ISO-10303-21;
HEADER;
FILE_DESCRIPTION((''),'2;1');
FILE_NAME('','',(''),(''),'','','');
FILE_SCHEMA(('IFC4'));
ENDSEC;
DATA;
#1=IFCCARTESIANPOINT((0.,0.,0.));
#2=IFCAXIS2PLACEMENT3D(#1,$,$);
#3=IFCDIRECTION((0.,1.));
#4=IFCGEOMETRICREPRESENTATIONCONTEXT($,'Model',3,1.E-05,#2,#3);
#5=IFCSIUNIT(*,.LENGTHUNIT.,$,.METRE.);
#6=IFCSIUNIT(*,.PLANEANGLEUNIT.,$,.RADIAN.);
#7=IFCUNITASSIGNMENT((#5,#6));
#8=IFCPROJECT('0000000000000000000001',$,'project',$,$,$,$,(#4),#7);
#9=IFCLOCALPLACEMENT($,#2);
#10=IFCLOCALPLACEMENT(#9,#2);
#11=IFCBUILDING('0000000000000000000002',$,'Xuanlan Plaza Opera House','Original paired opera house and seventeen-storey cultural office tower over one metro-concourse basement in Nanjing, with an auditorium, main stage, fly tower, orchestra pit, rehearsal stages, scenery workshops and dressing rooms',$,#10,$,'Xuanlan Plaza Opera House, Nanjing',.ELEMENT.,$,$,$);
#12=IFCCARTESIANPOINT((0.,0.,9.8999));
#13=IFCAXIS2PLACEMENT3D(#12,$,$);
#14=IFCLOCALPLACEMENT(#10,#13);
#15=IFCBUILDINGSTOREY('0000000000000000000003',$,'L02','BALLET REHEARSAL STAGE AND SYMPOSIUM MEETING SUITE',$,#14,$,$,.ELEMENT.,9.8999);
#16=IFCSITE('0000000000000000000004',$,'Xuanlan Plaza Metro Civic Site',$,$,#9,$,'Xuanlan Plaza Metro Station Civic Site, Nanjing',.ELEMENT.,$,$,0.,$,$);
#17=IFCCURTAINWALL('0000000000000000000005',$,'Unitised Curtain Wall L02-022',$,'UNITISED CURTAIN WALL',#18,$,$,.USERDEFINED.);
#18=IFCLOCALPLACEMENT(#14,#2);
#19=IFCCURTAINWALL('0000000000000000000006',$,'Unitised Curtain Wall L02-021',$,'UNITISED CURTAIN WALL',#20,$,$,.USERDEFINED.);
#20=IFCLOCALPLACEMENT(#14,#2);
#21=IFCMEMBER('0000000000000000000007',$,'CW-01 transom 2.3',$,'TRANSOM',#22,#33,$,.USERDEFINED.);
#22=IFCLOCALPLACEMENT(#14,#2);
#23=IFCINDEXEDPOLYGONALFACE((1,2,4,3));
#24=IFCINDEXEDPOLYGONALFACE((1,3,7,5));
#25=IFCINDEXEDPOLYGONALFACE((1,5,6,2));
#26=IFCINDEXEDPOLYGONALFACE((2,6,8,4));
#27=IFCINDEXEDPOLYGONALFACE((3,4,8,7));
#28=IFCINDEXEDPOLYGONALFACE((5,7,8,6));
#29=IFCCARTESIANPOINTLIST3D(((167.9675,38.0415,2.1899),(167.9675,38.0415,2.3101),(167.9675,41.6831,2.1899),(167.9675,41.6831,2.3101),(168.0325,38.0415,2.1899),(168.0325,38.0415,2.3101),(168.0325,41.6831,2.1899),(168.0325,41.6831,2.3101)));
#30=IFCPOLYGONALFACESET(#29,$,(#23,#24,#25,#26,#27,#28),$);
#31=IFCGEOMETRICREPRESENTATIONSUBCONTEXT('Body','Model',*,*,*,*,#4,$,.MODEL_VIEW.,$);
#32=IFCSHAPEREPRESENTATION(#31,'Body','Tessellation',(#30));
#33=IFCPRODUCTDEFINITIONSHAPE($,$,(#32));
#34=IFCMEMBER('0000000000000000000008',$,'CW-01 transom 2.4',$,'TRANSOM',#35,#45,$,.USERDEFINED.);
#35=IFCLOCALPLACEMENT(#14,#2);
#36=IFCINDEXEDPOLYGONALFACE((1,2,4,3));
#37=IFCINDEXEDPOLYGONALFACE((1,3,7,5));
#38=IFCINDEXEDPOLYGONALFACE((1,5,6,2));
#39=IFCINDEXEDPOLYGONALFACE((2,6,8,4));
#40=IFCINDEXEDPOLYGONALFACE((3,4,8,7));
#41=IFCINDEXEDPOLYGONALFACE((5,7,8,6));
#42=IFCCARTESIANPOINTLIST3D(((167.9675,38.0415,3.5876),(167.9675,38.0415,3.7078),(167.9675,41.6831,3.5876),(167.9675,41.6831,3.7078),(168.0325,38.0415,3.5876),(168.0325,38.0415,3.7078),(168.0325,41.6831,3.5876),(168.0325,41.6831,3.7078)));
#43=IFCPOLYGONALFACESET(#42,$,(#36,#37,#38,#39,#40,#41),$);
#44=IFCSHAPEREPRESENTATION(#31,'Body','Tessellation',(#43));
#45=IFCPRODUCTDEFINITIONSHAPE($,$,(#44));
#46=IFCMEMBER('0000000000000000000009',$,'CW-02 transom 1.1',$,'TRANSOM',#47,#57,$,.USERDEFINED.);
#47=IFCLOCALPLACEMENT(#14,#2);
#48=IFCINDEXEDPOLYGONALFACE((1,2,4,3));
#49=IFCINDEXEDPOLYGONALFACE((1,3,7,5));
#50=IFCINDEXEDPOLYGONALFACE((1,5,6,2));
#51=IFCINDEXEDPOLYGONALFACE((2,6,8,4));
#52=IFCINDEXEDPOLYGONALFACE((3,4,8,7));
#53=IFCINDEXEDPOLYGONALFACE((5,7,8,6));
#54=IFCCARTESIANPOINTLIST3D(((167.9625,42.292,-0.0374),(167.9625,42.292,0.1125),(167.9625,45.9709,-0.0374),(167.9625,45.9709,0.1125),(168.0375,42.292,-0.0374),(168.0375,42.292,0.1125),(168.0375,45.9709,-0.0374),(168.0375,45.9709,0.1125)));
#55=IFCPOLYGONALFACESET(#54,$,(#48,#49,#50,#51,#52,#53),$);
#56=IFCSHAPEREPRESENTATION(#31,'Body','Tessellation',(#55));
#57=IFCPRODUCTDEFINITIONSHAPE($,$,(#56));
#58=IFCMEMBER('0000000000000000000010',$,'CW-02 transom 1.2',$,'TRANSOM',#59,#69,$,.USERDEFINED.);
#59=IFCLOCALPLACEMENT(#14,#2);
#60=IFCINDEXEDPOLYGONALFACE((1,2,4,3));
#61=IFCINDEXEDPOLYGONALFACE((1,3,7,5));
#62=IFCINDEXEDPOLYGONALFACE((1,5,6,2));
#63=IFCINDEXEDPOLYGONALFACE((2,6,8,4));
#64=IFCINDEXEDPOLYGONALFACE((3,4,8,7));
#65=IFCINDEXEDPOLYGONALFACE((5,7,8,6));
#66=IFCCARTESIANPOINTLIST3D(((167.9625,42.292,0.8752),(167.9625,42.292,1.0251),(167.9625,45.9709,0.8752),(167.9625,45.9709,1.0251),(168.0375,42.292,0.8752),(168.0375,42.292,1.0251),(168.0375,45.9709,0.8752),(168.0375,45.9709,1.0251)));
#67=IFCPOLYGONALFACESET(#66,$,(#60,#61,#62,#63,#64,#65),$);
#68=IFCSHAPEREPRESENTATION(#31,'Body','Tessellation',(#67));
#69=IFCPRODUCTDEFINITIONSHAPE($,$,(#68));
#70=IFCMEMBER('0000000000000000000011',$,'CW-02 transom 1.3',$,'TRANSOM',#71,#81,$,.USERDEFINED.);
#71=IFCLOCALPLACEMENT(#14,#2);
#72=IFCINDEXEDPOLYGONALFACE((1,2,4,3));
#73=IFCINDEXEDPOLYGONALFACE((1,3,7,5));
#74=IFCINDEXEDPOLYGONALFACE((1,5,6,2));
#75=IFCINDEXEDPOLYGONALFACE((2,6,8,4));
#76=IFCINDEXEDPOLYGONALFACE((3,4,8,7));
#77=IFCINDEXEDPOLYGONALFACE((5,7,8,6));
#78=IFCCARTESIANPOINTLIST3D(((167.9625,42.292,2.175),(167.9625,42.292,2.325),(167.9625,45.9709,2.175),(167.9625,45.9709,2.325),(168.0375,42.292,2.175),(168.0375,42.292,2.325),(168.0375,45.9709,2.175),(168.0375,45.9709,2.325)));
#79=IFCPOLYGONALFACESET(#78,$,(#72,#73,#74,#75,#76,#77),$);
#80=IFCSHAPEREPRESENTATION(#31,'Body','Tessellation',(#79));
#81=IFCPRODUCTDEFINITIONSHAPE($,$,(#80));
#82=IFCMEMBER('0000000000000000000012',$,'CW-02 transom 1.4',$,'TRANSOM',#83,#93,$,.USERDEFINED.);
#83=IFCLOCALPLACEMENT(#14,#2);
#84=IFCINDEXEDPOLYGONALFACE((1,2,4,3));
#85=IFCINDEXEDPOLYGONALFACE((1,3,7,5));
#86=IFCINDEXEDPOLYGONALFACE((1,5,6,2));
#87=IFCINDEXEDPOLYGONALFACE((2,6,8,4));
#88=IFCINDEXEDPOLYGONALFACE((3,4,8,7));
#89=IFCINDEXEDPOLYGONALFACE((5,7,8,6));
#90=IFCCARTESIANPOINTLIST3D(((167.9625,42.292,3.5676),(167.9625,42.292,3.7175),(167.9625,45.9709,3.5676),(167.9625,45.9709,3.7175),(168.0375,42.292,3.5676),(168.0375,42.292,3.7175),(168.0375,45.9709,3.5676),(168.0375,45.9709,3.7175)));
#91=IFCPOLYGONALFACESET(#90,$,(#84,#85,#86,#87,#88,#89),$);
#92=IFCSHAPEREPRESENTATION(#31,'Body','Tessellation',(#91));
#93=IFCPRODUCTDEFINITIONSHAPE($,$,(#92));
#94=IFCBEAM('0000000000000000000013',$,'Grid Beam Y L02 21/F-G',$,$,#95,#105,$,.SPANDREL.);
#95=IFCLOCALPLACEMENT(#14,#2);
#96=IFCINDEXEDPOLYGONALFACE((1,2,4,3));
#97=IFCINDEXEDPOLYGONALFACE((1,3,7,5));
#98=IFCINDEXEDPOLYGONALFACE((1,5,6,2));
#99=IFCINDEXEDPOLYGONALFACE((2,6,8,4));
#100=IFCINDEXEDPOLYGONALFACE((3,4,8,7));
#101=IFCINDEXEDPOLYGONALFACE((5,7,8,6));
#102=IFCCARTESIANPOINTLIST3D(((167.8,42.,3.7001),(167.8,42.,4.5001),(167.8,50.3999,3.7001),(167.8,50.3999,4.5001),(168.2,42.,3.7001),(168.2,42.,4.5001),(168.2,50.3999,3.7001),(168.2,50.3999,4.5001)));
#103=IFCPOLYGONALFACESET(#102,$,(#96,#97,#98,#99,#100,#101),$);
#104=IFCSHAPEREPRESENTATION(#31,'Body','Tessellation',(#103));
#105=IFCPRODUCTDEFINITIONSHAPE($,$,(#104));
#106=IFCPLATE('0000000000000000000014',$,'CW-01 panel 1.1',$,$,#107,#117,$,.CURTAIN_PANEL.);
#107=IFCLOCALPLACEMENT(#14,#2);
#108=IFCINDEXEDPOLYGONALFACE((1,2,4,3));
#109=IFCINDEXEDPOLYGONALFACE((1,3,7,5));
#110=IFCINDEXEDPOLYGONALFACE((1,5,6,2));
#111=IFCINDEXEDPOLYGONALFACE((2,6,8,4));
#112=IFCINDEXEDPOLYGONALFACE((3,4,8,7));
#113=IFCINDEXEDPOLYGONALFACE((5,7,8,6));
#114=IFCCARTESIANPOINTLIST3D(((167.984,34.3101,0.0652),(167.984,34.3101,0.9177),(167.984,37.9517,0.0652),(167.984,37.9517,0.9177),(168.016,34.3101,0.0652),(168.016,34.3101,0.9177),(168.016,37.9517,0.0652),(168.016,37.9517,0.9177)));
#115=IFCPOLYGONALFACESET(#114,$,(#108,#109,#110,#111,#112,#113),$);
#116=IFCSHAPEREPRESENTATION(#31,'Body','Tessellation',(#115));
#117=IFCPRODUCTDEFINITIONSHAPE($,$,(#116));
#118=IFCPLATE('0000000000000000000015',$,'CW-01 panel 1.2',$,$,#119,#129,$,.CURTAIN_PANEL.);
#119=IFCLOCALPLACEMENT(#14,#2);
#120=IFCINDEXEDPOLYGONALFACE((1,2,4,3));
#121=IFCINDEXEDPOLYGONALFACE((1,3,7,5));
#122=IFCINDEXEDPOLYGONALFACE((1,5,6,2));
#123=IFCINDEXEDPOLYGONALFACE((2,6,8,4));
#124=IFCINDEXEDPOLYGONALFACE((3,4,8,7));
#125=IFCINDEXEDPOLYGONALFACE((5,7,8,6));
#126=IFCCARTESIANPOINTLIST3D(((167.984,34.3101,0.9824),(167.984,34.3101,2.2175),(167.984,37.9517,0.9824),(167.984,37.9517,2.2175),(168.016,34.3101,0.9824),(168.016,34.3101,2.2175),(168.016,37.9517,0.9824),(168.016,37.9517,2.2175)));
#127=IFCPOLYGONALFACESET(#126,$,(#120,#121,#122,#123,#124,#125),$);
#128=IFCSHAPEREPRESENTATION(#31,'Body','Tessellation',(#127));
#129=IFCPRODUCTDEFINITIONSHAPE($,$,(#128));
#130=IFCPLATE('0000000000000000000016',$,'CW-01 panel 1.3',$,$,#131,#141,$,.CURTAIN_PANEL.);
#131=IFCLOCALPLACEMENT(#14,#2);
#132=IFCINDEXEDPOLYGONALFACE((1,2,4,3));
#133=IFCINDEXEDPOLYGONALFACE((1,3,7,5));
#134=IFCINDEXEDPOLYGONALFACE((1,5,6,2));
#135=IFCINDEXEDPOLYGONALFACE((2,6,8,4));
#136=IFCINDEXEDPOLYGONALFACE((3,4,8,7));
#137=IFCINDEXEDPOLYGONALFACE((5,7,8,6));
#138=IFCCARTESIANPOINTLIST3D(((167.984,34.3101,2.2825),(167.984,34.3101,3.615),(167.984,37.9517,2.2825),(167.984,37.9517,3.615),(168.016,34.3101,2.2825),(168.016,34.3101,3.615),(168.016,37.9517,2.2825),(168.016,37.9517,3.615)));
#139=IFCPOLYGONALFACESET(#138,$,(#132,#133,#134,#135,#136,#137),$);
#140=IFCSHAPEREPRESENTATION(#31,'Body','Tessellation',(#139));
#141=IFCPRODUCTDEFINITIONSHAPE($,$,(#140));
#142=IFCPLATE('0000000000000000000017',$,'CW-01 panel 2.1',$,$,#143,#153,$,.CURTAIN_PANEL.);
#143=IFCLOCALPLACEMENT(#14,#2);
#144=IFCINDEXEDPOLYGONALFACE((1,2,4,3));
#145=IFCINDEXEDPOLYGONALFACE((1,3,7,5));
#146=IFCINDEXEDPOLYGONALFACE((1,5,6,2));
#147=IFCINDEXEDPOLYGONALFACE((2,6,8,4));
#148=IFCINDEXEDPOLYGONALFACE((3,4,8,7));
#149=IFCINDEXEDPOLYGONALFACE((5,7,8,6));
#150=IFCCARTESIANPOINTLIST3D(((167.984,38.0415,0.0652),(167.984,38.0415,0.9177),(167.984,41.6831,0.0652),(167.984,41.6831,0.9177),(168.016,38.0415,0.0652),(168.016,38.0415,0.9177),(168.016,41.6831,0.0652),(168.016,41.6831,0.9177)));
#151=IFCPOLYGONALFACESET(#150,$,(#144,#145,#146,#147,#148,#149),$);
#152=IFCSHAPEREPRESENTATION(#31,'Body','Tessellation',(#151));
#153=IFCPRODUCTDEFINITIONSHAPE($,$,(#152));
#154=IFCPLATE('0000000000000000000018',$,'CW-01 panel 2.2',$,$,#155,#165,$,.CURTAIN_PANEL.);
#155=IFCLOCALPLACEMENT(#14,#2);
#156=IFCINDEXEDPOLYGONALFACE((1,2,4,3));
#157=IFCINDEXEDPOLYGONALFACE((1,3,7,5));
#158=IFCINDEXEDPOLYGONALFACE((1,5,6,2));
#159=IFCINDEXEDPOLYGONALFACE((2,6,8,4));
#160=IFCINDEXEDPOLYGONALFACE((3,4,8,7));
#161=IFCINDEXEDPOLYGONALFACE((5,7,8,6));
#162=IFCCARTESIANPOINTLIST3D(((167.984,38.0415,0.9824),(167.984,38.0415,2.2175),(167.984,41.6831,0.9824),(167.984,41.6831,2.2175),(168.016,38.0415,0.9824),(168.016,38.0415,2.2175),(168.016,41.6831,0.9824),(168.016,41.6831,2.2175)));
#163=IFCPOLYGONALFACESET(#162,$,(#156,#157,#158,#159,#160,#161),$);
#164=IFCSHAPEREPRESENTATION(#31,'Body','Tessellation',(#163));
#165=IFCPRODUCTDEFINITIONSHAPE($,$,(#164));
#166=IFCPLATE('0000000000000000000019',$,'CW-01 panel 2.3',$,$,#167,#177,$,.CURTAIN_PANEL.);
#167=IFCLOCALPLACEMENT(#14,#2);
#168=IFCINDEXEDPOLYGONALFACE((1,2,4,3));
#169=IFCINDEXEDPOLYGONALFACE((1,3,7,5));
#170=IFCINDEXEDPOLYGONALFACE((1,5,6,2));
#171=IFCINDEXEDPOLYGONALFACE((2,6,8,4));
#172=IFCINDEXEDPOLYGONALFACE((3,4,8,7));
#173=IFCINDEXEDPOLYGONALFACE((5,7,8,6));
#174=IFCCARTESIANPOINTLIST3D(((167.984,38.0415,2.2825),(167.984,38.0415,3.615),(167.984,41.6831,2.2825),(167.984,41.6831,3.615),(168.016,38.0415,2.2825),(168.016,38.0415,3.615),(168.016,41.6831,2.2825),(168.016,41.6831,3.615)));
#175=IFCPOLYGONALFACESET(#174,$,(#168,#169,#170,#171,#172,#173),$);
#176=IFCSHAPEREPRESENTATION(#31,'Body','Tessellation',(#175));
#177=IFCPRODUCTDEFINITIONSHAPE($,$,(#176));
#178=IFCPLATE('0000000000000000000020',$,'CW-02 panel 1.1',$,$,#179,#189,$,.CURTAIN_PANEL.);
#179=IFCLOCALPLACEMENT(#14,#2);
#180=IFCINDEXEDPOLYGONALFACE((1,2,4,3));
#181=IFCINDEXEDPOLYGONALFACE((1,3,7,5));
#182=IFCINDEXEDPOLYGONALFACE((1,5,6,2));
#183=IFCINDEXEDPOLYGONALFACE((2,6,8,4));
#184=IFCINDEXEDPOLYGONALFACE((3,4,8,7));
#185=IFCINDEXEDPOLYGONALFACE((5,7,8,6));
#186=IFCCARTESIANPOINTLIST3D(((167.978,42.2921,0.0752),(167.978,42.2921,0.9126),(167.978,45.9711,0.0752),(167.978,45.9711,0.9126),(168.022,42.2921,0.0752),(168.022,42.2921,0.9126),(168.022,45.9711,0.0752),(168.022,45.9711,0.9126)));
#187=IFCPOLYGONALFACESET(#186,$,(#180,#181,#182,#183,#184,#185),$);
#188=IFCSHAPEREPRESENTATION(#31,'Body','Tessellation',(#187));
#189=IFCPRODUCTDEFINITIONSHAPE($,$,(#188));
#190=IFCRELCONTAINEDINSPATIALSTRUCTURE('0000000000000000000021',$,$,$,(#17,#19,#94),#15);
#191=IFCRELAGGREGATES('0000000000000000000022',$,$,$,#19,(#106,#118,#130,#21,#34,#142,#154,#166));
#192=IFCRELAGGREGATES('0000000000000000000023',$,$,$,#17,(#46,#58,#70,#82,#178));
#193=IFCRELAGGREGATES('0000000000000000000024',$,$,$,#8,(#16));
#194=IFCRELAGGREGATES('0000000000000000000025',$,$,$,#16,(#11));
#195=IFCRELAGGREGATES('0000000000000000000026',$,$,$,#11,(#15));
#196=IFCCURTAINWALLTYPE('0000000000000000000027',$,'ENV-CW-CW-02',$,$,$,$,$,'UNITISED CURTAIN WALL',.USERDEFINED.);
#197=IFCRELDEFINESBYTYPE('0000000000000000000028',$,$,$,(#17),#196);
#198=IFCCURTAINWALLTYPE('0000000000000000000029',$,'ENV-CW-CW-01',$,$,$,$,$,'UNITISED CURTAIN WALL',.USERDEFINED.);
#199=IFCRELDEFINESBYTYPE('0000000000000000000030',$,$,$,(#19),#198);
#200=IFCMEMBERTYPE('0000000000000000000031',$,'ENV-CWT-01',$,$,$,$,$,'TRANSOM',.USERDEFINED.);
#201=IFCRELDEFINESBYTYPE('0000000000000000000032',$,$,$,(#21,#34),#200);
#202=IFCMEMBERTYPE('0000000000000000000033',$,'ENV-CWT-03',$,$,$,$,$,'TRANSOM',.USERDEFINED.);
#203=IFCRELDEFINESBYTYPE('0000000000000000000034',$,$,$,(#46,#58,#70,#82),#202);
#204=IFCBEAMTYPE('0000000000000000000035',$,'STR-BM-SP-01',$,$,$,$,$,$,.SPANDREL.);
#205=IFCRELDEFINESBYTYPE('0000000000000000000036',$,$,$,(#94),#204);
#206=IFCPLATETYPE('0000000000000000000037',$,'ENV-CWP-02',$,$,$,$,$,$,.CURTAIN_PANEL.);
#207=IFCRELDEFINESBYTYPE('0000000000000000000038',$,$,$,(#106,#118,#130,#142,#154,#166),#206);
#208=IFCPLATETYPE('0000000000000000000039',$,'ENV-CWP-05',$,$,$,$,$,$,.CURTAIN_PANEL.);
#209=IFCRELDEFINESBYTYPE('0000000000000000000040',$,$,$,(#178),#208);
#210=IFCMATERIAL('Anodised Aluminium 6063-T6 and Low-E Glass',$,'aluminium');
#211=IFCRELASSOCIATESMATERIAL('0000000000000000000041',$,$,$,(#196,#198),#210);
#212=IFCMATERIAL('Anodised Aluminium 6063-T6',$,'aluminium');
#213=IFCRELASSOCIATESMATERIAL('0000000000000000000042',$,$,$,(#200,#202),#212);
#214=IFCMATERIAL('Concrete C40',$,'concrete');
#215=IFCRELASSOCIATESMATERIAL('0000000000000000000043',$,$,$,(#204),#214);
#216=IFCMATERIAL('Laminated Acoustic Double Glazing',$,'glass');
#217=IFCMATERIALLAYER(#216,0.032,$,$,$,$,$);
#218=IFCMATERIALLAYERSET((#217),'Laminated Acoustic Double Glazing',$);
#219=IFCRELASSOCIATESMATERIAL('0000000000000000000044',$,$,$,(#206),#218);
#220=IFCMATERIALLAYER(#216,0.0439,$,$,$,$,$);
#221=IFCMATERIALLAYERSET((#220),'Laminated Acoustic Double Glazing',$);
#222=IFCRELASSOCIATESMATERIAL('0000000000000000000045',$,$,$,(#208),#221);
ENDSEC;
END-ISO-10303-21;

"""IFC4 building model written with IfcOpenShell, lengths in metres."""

from ifc_helpers import new_model, si_unit, direction, frame, origin, origin_2d, place, context, subcontext, project, spatial, rectangle, extrude, material, layer, layer_set, material_profile, profile_set, type_object, element, aggregate, save


model = new_model("IFC4")

# Units and contexts
model_context = context("Model", 3, precision=1e-05, world=origin(), true_north=direction((0.0, 1.0)))
body_context = subcontext(model_context, "Body", "Model", "MODEL_VIEW")
ifc_project = project(units=[si_unit("LENGTHUNIT", "METRE"), si_unit("PLANEANGLEUNIT", "RADIAN")], contexts=[model_context])

# Site, building, storey
site_placement = place(None, origin())
site = spatial("IfcSite", under=ifc_project, at=site_placement, Name="Xuanlan Plaza Metro Civic Site", LongName="Xuanlan Plaza Metro Station Civic Site, Nanjing", CompositionType="ELEMENT", RefElevation=0.0)
building_placement = place(site_placement, origin())
building = spatial("IfcBuilding", under=site, at=building_placement, Name="Xuanlan Plaza Opera House", Description="Original paired opera house and seventeen-storey cultural office tower over one metro-concourse basement in Nanjing, with an auditorium, main stage, fly tower, orchestra pit, rehearsal stages, scenery workshops and dressing rooms", LongName="Xuanlan Plaza Opera House, Nanjing", CompositionType="ELEMENT")
storey_placement = place(building_placement, frame((0.0, 0.0, 9.8999)))
storey = spatial("IfcBuildingStorey", under=building, at=storey_placement, Name="L02", Description="BALLET REHEARSAL STAGE AND SYMPOSIUM MEETING SUITE", CompositionType="ELEMENT", Elevation=9.8999)

# Curtain walls, members
ifc_material_1 = material(Name="Anodised Aluminium 6063-T6 and Low-E Glass", Category="aluminium")
curtain_wall_type_1 = type_object("IfcCurtainWallType", Name="ENV-CW-CW-02", ElementType="UNITISED CURTAIN WALL", PredefinedType="USERDEFINED", material=ifc_material_1)
curtain_wall_1_placement = place(storey_placement, origin())
curtain_wall_1 = element("IfcCurtainWall", 1, at=curtain_wall_1_placement, inside=storey, type_object=curtain_wall_type_1, Name="Unitised Curtain Wall L02-022", ObjectType="UNITISED CURTAIN WALL", PredefinedType="USERDEFINED")
ifc_material_2 = material(Name="Anodised Aluminium 6063-T6", Category="aluminium")
curtain_wall_type_2 = type_object("IfcCurtainWallType", Name="ENV-CW-CW-01", ElementType="UNITISED CURTAIN WALL", PredefinedType="USERDEFINED", material=ifc_material_1)
curtain_wall_2_placement = place(storey_placement, origin())
curtain_wall_2 = element("IfcCurtainWall", 2, at=curtain_wall_2_placement, inside=storey, type_object=curtain_wall_type_2, Name="Unitised Curtain Wall L02-021", ObjectType="UNITISED CURTAIN WALL", PredefinedType="USERDEFINED")
ifc_material_profile_1 = material_profile(ifc_material_2, rectangle(XDim=0.0649, YDim=0.1201, at=origin_2d()), Name="ALU-T 65x120")
ifc_profile_set_1 = profile_set([ifc_material_profile_1], Name="Anodised Aluminium 6063-T6")
member_type_1 = type_object("IfcMemberType", Name="ENV-CWT-01", ElementType="TRANSOM", PredefinedType="USERDEFINED", material=ifc_profile_set_1)
member_1_placement = place(storey_placement, frame((168.0, 38.0415, 2.25), z_axis=(0.0, 1.0, 0.0), x_axis=(-1.0, 0.0, 0.0)))
member_1 = element("IfcMember", 3, at=member_1_placement, type_object=member_type_1, Name="CW-01 transom 2.3", ObjectType="TRANSOM", PredefinedType="USERDEFINED", context=body_context, shape_type="SweptSolid", body=[
    extrude(rectangle(XDim=0.0649, YDim=0.1201, at=origin_2d()), origin(), (0.0, 0.0, 1.0), 3.6416),
])
member_2_placement = place(storey_placement, frame((168.0, 38.0415, 3.6477), z_axis=(0.0, 1.0, 0.0), x_axis=(-1.0, 0.0, 0.0)))
member_2 = element("IfcMember", 4, at=member_2_placement, type_object=member_type_1, Name="CW-01 transom 2.4", ObjectType="TRANSOM", PredefinedType="USERDEFINED", context=body_context, shape_type="SweptSolid", body=[
    extrude(rectangle(XDim=0.0649, YDim=0.1201, at=origin_2d()), origin(), (0.0, 0.0, 1.0), 3.6416),
])

# Members
ifc_material_profile_2 = material_profile(ifc_material_2, rectangle(XDim=0.075, YDim=0.1499, at=origin_2d()), Name="ALU-T 75x150")
ifc_profile_set_2 = profile_set([ifc_material_profile_2], Name="Anodised Aluminium 6063-T6")
member_type_2 = type_object("IfcMemberType", Name="ENV-CWT-03", ElementType="TRANSOM", PredefinedType="USERDEFINED", material=ifc_profile_set_2)
member_3_placement = place(storey_placement, frame((168.0, 42.292, 0.0376), z_axis=(0.0, 1.0, 0.0), x_axis=(-1.0, 0.0, 0.0)))
member_3 = element("IfcMember", 5, at=member_3_placement, type_object=member_type_2, Name="CW-02 transom 1.1", ObjectType="TRANSOM", PredefinedType="USERDEFINED", context=body_context, shape_type="SweptSolid", body=[
    extrude(rectangle(XDim=0.075, YDim=0.1499, at=origin_2d()), origin(), (0.0, 0.0, 1.0), 3.679),
])
member_4_placement = place(storey_placement, frame((168.0, 42.292, 0.9502), z_axis=(0.0, 1.0, 0.0), x_axis=(-1.0, 0.0, 0.0)))
member_4 = element("IfcMember", 6, at=member_4_placement, type_object=member_type_2, Name="CW-02 transom 1.2", ObjectType="TRANSOM", PredefinedType="USERDEFINED", context=body_context, shape_type="SweptSolid", body=[
    extrude(rectangle(XDim=0.075, YDim=0.1499, at=origin_2d()), origin(), (0.0, 0.0, 1.0), 3.679),
])
member_5_placement = place(storey_placement, frame((168.0, 42.292, 2.25), z_axis=(0.0, 1.0, 0.0), x_axis=(-1.0, 0.0, 0.0)))
member_5 = element("IfcMember", 7, at=member_5_placement, type_object=member_type_2, Name="CW-02 transom 1.3", ObjectType="TRANSOM", PredefinedType="USERDEFINED", context=body_context, shape_type="SweptSolid", body=[
    extrude(rectangle(XDim=0.075, YDim=0.1499, at=origin_2d()), origin(), (0.0, 0.0, 1.0), 3.679),
])
member_6_placement = place(storey_placement, frame((168.0, 42.292, 3.6426), z_axis=(0.0, 1.0, 0.0), x_axis=(-1.0, 0.0, 0.0)))
member_6 = element("IfcMember", 8, at=member_6_placement, type_object=member_type_2, Name="CW-02 transom 1.4", ObjectType="TRANSOM", PredefinedType="USERDEFINED", context=body_context, shape_type="SweptSolid", body=[
    extrude(rectangle(XDim=0.075, YDim=0.1499, at=origin_2d()), origin(), (0.0, 0.0, 1.0), 3.679),
])

# Beam
ifc_material_3 = material(Name="Concrete C40", Category="concrete")
ifc_material_profile_3 = material_profile(ifc_material_3, rectangle(XDim=0.3999, YDim=0.8, at=origin_2d()), Name="RC-SPD 400x800")
ifc_profile_set_3 = profile_set([ifc_material_profile_3], Name="Concrete C40")
beam_type = type_object("IfcBeamType", Name="STR-BM-SP-01", PredefinedType="SPANDREL", material=ifc_profile_set_3)
beam_placement = place(storey_placement, frame((168.0, 42.0, 4.1001), z_axis=(0.0, 1.0, 0.0), x_axis=(-1.0, 0.0, 0.0)))
element("IfcBeam", 9, at=beam_placement, inside=storey, type_object=beam_type, Name="Grid Beam Y L02 21/F-G", PredefinedType="SPANDREL", context=body_context, shape_type="SweptSolid", body=[
    extrude(rectangle(XDim=0.3999, YDim=0.8, at=origin_2d()), origin(), (0.0, 0.0, 1.0), 8.3999),
])

# Plates
ifc_material_4 = material(Name="Laminated Acoustic Double Glazing", Category="glass")
ifc_layer_1 = layer(ifc_material_4, 0.032)
ifc_layer_set_1 = layer_set([ifc_layer_1], Name="Laminated Acoustic Double Glazing")
plate_type_1 = type_object("IfcPlateType", Name="ENV-CWP-02", PredefinedType="CURTAIN_PANEL", material=ifc_layer_set_1)
plate_1_placement = place(storey_placement, frame((168.0, 36.1309, 0.0652), z_axis=(0.0, 0.0, 1.0), x_axis=(0.0, 1.0, 0.0)))
plate_1 = element("IfcPlate", 10, at=plate_1_placement, type_object=plate_type_1, Name="CW-01 panel 1.1", PredefinedType="CURTAIN_PANEL", context=body_context, shape_type="SweptSolid", body=[
    extrude(rectangle(XDim=3.6416, YDim=0.032, at=origin_2d()), origin(), (0.0, 0.0, 1.0), 0.8525),
])
plate_2_placement = place(storey_placement, frame((168.0, 36.1309, 0.9824), z_axis=(0.0, 0.0, 1.0), x_axis=(0.0, 1.0, 0.0)))
plate_2 = element("IfcPlate", 11, at=plate_2_placement, type_object=plate_type_1, Name="CW-01 panel 1.2", PredefinedType="CURTAIN_PANEL", context=body_context, shape_type="SweptSolid", body=[
    extrude(rectangle(XDim=3.6416, YDim=0.032, at=origin_2d()), origin(), (0.0, 0.0, 1.0), 1.2351),
])
plate_3_placement = place(storey_placement, frame((168.0, 36.1309, 2.2825), z_axis=(0.0, 0.0, 1.0), x_axis=(0.0, 1.0, 0.0)))
plate_3 = element("IfcPlate", 12, at=plate_3_placement, type_object=plate_type_1, Name="CW-01 panel 1.3", PredefinedType="CURTAIN_PANEL", context=body_context, shape_type="SweptSolid", body=[
    extrude(rectangle(XDim=3.6416, YDim=0.032, at=origin_2d()), origin(), (0.0, 0.0, 1.0), 1.3325),
])
plate_4_placement = place(storey_placement, frame((168.0, 39.8623, 0.0652), z_axis=(0.0, 0.0, 1.0), x_axis=(0.0, 1.0, 0.0)))
plate_4 = element("IfcPlate", 13, at=plate_4_placement, type_object=plate_type_1, Name="CW-01 panel 2.1", PredefinedType="CURTAIN_PANEL", context=body_context, shape_type="SweptSolid", body=[
    extrude(rectangle(XDim=3.6416, YDim=0.032, at=origin_2d()), origin(), (0.0, 0.0, 1.0), 0.8525),
])
plate_5_placement = place(storey_placement, frame((168.0, 39.8623, 0.9824), z_axis=(0.0, 0.0, 1.0), x_axis=(0.0, 1.0, 0.0)))
plate_5 = element("IfcPlate", 14, at=plate_5_placement, type_object=plate_type_1, Name="CW-01 panel 2.2", PredefinedType="CURTAIN_PANEL", context=body_context, shape_type="SweptSolid", body=[
    extrude(rectangle(XDim=3.6416, YDim=0.032, at=origin_2d()), origin(), (0.0, 0.0, 1.0), 1.2351),
])
plate_6_placement = place(storey_placement, frame((168.0, 39.8623, 2.2825), z_axis=(0.0, 0.0, 1.0), x_axis=(0.0, 1.0, 0.0)))
plate_6 = element("IfcPlate", 15, at=plate_6_placement, type_object=plate_type_1, Name="CW-01 panel 2.3", PredefinedType="CURTAIN_PANEL", context=body_context, shape_type="SweptSolid", body=[
    extrude(rectangle(XDim=3.6416, YDim=0.032, at=origin_2d()), origin(), (0.0, 0.0, 1.0), 1.3325),
])
aggregate(curtain_wall_2, [plate_1, plate_2, plate_3, member_1, member_2, plate_4, plate_5, plate_6])
ifc_layer_2 = layer(ifc_material_4, 0.0439)
ifc_layer_set_2 = layer_set([ifc_layer_2], Name="Laminated Acoustic Double Glazing")
plate_type_2 = type_object("IfcPlateType", Name="ENV-CWP-05", PredefinedType="CURTAIN_PANEL", material=ifc_layer_set_2)
plate_7_placement = place(storey_placement, frame((168.0, 44.1316, 0.0752), z_axis=(0.0, 0.0, 1.0), x_axis=(0.0, 1.0, 0.0)))
plate_7 = element("IfcPlate", 16, at=plate_7_placement, type_object=plate_type_2, Name="CW-02 panel 1.1", PredefinedType="CURTAIN_PANEL", context=body_context, shape_type="SweptSolid", body=[
    extrude(rectangle(XDim=3.679, YDim=0.0439, at=origin_2d()), origin(), (0.0, 0.0, 1.0), 0.8374),
])
aggregate(curtain_wall_1, [member_3, member_4, member_5, member_6, plate_7])

save(model, "model.ifc")
